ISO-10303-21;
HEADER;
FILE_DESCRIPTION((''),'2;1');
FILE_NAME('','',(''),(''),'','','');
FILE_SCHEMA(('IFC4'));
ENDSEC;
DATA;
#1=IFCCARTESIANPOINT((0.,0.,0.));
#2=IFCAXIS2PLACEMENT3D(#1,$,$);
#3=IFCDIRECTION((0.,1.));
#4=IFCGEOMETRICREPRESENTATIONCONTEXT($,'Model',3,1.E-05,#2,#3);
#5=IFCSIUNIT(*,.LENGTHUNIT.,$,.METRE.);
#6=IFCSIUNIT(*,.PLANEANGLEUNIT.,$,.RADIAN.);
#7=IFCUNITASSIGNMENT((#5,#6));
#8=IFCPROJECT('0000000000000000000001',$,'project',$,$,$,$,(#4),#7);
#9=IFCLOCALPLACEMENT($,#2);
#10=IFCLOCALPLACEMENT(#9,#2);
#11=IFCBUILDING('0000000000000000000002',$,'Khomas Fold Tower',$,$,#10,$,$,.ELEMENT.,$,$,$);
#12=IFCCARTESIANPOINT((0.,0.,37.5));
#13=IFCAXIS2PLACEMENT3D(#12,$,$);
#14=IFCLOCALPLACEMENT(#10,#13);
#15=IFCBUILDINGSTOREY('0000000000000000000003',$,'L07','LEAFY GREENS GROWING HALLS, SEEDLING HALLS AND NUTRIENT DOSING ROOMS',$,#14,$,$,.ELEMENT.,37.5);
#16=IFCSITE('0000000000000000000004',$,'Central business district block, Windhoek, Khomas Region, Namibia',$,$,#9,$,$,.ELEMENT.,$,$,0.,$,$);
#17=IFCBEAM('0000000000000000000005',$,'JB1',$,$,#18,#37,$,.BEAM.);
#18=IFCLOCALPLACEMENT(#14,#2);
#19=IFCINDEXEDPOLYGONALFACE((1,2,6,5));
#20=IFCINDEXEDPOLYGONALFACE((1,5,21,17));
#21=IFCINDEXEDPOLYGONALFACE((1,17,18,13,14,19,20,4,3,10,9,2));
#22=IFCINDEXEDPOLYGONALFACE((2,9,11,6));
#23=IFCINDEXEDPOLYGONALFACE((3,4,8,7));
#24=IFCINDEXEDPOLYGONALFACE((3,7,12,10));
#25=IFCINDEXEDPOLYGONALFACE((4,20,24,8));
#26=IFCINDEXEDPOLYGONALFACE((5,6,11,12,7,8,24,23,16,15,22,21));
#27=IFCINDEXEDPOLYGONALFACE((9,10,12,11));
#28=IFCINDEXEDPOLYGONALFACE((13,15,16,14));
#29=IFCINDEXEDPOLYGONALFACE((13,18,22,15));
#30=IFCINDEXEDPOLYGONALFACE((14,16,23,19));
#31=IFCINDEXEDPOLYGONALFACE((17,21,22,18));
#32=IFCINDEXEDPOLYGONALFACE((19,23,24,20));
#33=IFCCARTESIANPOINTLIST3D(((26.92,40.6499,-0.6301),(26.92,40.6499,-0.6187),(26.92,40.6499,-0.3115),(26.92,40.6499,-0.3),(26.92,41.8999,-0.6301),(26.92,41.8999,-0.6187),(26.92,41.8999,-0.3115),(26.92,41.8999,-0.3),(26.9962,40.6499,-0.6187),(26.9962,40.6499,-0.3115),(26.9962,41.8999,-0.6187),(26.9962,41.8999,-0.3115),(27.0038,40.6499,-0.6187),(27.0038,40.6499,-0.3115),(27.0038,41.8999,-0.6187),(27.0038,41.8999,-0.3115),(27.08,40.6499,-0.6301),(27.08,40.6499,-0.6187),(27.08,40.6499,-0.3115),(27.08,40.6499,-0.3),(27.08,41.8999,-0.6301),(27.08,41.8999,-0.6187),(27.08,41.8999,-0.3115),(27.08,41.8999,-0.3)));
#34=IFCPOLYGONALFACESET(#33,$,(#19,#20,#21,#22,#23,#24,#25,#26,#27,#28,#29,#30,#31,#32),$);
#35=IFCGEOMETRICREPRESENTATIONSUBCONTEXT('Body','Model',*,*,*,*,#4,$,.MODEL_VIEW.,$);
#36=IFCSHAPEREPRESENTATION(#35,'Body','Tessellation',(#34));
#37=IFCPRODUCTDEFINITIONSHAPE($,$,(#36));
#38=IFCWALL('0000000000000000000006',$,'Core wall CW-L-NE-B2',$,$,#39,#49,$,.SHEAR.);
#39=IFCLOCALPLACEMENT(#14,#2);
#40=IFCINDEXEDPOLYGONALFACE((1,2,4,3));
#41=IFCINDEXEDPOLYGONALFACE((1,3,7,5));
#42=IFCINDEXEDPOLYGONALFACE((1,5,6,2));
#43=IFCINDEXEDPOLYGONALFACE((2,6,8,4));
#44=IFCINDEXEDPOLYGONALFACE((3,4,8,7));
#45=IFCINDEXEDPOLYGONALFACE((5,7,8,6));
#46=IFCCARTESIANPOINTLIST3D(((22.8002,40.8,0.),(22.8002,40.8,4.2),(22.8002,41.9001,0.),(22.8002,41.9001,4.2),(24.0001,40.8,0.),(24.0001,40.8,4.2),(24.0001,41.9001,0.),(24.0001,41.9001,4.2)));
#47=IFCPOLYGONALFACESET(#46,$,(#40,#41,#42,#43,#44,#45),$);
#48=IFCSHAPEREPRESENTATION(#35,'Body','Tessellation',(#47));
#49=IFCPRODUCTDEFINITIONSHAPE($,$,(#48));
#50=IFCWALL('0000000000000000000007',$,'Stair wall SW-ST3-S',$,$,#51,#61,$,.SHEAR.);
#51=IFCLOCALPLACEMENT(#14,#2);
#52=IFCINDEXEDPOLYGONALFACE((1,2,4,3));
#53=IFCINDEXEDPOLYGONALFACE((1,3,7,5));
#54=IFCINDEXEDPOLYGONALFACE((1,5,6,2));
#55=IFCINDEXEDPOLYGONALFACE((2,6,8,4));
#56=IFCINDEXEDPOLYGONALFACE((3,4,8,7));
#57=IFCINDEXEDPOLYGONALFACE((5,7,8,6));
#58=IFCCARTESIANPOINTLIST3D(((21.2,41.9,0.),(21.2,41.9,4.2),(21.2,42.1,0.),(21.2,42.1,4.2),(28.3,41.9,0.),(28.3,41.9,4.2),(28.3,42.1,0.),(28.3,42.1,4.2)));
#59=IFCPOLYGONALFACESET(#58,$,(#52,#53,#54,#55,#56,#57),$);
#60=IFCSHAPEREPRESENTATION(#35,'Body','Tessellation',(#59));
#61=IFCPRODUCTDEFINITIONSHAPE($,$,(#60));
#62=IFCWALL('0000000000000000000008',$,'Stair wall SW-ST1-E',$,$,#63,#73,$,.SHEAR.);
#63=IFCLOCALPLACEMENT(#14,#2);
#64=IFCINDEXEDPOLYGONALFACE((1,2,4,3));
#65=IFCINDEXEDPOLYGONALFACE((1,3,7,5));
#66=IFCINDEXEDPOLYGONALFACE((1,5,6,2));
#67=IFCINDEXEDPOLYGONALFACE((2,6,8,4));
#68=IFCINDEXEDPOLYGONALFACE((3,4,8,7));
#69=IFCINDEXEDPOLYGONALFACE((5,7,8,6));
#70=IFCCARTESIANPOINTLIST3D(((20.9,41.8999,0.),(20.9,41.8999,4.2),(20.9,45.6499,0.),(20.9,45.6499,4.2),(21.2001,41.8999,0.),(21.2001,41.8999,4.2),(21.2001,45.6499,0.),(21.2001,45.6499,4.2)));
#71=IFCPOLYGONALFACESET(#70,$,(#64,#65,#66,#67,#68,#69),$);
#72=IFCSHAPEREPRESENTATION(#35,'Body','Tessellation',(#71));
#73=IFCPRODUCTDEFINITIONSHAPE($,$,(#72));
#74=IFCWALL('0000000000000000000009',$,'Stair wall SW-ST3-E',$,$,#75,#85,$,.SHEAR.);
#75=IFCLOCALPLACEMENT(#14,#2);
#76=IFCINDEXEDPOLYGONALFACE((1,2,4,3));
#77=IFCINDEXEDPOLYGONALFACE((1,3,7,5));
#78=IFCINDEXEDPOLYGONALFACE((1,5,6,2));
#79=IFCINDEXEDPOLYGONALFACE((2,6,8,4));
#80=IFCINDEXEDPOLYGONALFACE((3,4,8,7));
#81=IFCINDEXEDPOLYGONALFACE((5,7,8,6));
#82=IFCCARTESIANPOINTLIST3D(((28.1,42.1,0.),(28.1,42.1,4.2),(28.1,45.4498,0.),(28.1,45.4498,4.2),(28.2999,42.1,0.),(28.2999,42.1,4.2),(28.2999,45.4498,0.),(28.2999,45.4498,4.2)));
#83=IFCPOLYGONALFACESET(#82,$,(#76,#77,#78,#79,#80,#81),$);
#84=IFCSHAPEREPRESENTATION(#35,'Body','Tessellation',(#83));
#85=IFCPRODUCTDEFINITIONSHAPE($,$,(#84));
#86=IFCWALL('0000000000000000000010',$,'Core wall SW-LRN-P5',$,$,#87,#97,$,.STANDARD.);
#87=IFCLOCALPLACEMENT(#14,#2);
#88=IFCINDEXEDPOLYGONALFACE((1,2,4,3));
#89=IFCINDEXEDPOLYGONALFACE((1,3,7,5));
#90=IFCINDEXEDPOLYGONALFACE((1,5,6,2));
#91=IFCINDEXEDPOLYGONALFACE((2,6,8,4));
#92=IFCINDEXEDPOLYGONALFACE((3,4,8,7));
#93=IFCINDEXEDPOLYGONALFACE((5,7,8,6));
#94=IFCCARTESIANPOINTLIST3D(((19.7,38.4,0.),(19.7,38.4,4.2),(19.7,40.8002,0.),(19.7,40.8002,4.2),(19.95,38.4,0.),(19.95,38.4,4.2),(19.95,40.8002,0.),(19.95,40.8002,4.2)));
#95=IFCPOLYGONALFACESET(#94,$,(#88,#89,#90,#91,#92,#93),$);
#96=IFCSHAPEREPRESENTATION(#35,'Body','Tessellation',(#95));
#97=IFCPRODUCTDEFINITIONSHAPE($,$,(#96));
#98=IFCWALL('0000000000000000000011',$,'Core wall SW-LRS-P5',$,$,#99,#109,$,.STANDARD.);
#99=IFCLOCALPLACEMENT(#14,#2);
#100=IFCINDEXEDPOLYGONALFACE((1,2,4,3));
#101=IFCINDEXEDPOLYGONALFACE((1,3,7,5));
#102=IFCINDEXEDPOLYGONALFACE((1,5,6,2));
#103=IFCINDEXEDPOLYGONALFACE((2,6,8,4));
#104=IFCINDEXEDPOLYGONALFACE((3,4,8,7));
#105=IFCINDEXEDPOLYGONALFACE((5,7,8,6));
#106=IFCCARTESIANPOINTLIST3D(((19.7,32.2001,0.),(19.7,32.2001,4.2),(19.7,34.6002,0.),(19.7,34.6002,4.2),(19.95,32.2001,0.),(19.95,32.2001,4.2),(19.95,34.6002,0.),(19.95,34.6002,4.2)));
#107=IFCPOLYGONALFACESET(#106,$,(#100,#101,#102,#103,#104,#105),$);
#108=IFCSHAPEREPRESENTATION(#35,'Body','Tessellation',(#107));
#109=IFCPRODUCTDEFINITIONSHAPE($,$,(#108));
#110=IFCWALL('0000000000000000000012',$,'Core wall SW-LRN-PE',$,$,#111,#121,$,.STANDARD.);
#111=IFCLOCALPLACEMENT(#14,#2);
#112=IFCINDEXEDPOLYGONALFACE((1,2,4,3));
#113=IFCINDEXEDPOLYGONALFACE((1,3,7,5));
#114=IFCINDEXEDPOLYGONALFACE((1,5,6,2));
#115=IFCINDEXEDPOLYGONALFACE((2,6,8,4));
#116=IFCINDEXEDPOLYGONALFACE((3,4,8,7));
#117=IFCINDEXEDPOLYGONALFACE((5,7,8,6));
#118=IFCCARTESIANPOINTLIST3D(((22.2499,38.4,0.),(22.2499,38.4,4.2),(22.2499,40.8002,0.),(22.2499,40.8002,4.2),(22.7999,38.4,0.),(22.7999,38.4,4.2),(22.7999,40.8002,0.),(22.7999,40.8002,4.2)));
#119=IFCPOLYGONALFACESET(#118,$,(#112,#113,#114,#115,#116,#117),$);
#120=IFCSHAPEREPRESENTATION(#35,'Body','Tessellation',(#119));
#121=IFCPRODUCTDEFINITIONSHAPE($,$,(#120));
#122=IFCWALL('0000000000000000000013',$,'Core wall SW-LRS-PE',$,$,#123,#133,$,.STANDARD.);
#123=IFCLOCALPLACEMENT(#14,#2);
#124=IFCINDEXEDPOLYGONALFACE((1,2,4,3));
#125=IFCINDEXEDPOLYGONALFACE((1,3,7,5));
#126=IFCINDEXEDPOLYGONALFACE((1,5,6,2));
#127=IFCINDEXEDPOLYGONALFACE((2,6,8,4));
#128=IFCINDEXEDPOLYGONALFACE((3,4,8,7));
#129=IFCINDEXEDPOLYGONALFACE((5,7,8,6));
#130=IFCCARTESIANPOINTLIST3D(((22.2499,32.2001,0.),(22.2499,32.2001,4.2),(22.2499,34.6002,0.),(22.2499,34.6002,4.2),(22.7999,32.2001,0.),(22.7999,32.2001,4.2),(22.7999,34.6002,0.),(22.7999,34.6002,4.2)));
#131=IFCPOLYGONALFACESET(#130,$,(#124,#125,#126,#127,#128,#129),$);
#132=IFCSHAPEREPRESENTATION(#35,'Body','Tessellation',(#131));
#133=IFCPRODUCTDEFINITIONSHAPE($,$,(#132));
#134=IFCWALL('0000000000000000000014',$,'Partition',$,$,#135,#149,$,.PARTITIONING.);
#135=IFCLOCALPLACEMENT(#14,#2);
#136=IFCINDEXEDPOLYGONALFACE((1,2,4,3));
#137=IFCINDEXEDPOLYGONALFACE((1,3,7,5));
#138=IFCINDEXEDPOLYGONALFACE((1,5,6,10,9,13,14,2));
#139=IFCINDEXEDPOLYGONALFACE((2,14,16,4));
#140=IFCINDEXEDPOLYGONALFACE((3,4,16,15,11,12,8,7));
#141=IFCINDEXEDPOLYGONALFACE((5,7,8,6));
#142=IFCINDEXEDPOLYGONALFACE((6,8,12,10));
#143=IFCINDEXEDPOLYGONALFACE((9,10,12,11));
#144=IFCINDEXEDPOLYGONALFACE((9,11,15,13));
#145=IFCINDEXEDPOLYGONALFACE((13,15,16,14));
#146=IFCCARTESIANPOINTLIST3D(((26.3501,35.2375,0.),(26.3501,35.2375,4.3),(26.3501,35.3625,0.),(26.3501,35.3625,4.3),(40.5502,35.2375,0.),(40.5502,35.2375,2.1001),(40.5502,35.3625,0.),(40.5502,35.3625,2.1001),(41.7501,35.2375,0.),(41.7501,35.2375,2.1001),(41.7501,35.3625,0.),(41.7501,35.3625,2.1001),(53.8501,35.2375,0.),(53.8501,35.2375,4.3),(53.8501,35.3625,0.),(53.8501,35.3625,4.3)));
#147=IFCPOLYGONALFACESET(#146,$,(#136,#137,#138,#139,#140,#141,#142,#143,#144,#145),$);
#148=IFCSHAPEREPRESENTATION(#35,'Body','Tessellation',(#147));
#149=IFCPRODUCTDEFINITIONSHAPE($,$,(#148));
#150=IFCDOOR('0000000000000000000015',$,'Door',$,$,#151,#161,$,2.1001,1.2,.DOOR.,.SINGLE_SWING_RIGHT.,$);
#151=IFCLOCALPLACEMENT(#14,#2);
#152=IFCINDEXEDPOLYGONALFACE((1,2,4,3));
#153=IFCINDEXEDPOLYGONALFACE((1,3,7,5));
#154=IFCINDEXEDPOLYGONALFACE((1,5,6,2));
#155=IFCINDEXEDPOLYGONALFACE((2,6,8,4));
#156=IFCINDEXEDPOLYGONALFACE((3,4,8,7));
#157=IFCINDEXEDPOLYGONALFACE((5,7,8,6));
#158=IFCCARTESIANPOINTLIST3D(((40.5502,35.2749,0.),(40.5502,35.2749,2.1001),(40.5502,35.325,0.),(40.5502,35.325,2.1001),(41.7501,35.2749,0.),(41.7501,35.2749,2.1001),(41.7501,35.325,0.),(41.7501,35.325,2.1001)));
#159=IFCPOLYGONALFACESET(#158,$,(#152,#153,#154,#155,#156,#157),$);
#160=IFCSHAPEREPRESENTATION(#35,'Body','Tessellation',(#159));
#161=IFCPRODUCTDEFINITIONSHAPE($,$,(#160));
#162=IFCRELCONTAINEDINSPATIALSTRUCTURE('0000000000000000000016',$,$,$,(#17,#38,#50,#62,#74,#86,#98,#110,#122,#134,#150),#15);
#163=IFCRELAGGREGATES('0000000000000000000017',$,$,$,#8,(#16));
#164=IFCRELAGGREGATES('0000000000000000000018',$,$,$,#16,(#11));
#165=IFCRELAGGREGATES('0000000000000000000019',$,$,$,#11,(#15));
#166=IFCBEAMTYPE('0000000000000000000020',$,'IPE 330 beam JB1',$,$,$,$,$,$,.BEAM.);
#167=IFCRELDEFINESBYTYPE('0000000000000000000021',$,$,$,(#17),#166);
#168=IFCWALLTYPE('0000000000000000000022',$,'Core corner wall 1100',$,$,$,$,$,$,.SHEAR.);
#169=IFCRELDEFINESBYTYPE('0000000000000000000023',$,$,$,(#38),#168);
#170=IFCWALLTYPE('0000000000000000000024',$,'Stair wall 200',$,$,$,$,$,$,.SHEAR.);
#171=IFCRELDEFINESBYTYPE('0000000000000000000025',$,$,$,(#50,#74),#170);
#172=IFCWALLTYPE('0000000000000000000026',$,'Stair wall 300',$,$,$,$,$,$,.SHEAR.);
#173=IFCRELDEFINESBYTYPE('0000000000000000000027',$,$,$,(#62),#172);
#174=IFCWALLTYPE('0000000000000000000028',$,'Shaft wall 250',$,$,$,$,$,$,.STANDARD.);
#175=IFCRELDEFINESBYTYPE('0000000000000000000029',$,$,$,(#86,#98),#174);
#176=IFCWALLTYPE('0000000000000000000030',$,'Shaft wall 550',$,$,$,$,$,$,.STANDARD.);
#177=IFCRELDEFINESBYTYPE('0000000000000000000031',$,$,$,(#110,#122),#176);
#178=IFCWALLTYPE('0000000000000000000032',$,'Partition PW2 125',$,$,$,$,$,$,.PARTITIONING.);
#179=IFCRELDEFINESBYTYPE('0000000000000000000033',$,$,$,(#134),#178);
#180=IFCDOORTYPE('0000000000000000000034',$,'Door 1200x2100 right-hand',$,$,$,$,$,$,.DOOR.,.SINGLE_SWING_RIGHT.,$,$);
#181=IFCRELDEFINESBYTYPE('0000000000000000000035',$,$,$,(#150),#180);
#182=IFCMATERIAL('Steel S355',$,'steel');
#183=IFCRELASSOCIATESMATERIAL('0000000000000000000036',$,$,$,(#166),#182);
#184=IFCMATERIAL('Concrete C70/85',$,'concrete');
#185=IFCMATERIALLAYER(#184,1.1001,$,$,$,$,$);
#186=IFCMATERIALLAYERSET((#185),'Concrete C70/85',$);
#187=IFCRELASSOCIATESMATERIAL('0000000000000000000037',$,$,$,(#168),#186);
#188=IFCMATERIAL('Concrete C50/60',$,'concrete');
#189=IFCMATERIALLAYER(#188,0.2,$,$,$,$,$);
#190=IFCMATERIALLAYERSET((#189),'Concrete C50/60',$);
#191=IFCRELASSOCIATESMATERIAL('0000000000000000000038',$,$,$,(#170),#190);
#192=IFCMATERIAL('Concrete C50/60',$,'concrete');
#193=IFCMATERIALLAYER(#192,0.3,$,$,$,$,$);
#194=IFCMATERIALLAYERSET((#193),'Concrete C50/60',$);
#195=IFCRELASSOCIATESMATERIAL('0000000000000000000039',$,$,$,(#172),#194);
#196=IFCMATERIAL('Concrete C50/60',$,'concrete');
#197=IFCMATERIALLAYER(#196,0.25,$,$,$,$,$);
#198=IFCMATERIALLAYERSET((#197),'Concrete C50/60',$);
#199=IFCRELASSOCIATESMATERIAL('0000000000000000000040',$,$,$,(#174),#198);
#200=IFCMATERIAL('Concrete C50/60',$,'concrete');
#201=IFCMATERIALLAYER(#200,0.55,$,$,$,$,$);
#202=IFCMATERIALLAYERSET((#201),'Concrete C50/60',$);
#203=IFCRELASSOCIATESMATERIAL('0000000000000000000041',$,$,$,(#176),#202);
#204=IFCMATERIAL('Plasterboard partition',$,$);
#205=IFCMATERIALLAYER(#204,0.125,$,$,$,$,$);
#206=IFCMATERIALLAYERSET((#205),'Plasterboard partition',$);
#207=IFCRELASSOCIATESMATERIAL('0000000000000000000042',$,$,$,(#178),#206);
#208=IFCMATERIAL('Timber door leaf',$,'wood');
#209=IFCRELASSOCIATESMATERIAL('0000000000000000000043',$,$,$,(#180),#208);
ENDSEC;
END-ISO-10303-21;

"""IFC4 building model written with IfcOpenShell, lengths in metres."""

from ifc_helpers import new_model, si_unit, direction, frame, frame_2d, origin, origin_2d, place, context, subcontext, project, spatial, rectangle, i_section, extrude, source, transform, mapped, material, layer, layer_set, material_profile, profile_set, type_object, element, fill, save


model = new_model("IFC4")

# Units and contexts
model_context = context("Model", 3, precision=1e-05, world=origin(), true_north=direction((0.0, 1.0)))
body_context = subcontext(model_context, "Body", "Model", "MODEL_VIEW")
ifc_project = project(units=[si_unit("LENGTHUNIT", "METRE"), si_unit("PLANEANGLEUNIT", "RADIAN")], contexts=[model_context])

# Site, building, storey
site_placement = place(None, origin())
site = spatial("IfcSite", under=ifc_project, at=site_placement, Name="Central business district block, Windhoek, Khomas Region, Namibia", CompositionType="ELEMENT", RefElevation=0.0)
building_placement = place(site_placement, origin())
building = spatial("IfcBuilding", under=site, at=building_placement, Name="Khomas Fold Tower", CompositionType="ELEMENT")
storey_placement = place(building_placement, frame((0.0, 0.0, 37.5)))
storey = spatial("IfcBuildingStorey", under=building, at=storey_placement, Name="L07", Description="LEAFY GREENS GROWING HALLS, SEEDLING HALLS AND NUTRIENT DOSING ROOMS", CompositionType="ELEMENT", Elevation=37.5)

# Beam
ifc_material_1 = material(Name="Steel S355", Category="steel")
ifc_material_profile_1 = material_profile(ifc_material_1, i_section(OverallWidth=0.1599, OverallDepth=0.3301, WebThickness=0.0076, FlangeThickness=0.0115, at=origin_2d()), Name="IPE 330")
ifc_profile_set_1 = profile_set([ifc_material_profile_1], Name="Steel S355")
beam_type_1 = type_object("IfcBeamType", Name="IPE 330 beam JB1", PredefinedType="BEAM", material=ifc_profile_set_1)
shared_shape_1 = source(origin(), body_context, "Body", "SweptSolid", [
    extrude(i_section(OverallWidth=0.1599, OverallDepth=0.3301, WebThickness=0.0076, FlangeThickness=0.0115, at=origin_2d()), origin(), (0.0, 0.0, 1.0), 1.25),
])
beam_1_placement = place(storey_placement, frame((27.0, 40.6499, -0.4651), z_axis=(0.0, 1.0, 0.0), x_axis=(-1.0, 0.0, 0.0)))
element("IfcBeam", 1, at=beam_1_placement, inside=storey, type_object=beam_type_1, Name="JB1", PredefinedType="BEAM", context=body_context, shape_type="MappedRepresentation", body=[
    mapped(shared_shape_1, transform((0.0, 0.0, 0.0))),
])

# Walls
ifc_material_2 = material(Name="Concrete C70/85", Category="concrete")
ifc_layer_1 = layer(ifc_material_2, 1.1001)
ifc_layer_set_1 = layer_set([ifc_layer_1], Name="Concrete C70/85")
wall_type_1 = type_object("IfcWallType", Name="Core corner wall 1100", PredefinedType="SHEAR", material=ifc_layer_set_1)
shared_shape_2 = source(origin(), body_context, "Body", "SweptSolid", [
    extrude(rectangle(XDim=1.2, YDim=1.1001, at=frame_2d((0.6001, 0.0))), origin(), (0.0, 0.0, 1.0), 4.2),
])
wall_1_placement = place(storey_placement, frame((22.8, 41.3501, 0.0), z_axis=(0.0, 0.0, 1.0), x_axis=(1.0, 0.0, 0.0)))
element("IfcWall", 2, at=wall_1_placement, inside=storey, type_object=wall_type_1, Name="Core wall CW-L-NE-B2", PredefinedType="SHEAR", context=body_context, shape_type="MappedRepresentation", body=[
    mapped(shared_shape_2, transform((0.0, 0.0, 0.0))),
])
ifc_material_3 = material(Name="Concrete C50/60", Category="concrete")
ifc_layer_2 = layer(ifc_material_3, 0.2)
ifc_layer_set_2 = layer_set([ifc_layer_2], Name="Concrete C50/60")
wall_type_2 = type_object("IfcWallType", Name="Stair wall 200", PredefinedType="SHEAR", material=ifc_layer_set_2)
shared_shape_3 = source(origin(), body_context, "Body", "SweptSolid", [
    extrude(rectangle(XDim=7.1001, YDim=0.2, at=frame_2d((3.55, 0.0))), origin(), (0.0, 0.0, 1.0), 4.2),
])
wall_2_placement = place(storey_placement, frame((21.2, 42.0, 0.0), z_axis=(0.0, 0.0, 1.0), x_axis=(1.0, 0.0, 0.0)))
element("IfcWall", 3, at=wall_2_placement, inside=storey, type_object=wall_type_2, Name="Stair wall SW-ST3-S", PredefinedType="SHEAR", context=body_context, shape_type="MappedRepresentation", body=[
    mapped(shared_shape_3, transform((0.0, 0.0, 0.0))),
])
ifc_material_4 = material(Name="Concrete C50/60", Category="concrete")
ifc_layer_3 = layer(ifc_material_4, 0.3)
ifc_layer_set_3 = layer_set([ifc_layer_3], Name="Concrete C50/60")
wall_type_3 = type_object("IfcWallType", Name="Stair wall 300", PredefinedType="SHEAR", material=ifc_layer_set_3)
shared_shape_4 = source(origin(), body_context, "Body", "SweptSolid", [
    extrude(rectangle(XDim=3.75, YDim=0.3, at=frame_2d((1.875, 0.0))), origin(), (0.0, 0.0, 1.0), 4.2),
])
wall_3_placement = place(storey_placement, frame((21.05, 41.8999, 0.0), z_axis=(0.0, 0.0, 1.0), x_axis=(0.0, 1.0, 0.0)))
element("IfcWall", 4, at=wall_3_placement, inside=storey, type_object=wall_type_3, Name="Stair wall SW-ST1-E", PredefinedType="SHEAR", context=body_context, shape_type="MappedRepresentation", body=[
    mapped(shared_shape_4, transform((0.0, 0.0, 0.0))),
])
shared_shape_5 = source(origin(), body_context, "Body", "SweptSolid", [
    extrude(rectangle(XDim=3.3499, YDim=0.2, at=frame_2d((1.6748, 0.0))), origin(), (0.0, 0.0, 1.0), 4.2),
])
wall_4_placement = place(storey_placement, frame((28.2, 42.1001, 0.0), z_axis=(0.0, 0.0, 1.0), x_axis=(0.0, 1.0, 0.0)))
element("IfcWall", 5, at=wall_4_placement, inside=storey, type_object=wall_type_2, Name="Stair wall SW-ST3-E", PredefinedType="SHEAR", context=body_context, shape_type="MappedRepresentation", body=[
    mapped(shared_shape_5, transform((0.0, 0.0, 0.0))),
])
ifc_material_5 = material(Name="Concrete C50/60", Category="concrete")
ifc_layer_4 = layer(ifc_material_5, 0.25)
ifc_layer_set_4 = layer_set([ifc_layer_4], Name="Concrete C50/60")
wall_type_4 = type_object("IfcWallType", Name="Shaft wall 250", PredefinedType="STANDARD", material=ifc_layer_set_4)
shared_shape_6 = source(origin(), body_context, "Body", "SweptSolid", [
    extrude(rectangle(XDim=2.4001, YDim=0.25, at=frame_2d((1.2002, 0.0))), origin(), (0.0, 0.0, 1.0), 4.2),
])
for number, where, z_axis, x_axis, name in (
    (6, (19.825, 38.3999, 0.0), (0.0, 0.0, 1.0), (0.0, 1.0, 0.0), "Core wall SW-LRN-P5"),
    (7, (19.825, 32.2, 0.0), (0.0, 0.0, 1.0), (0.0, 1.0, 0.0), "Core wall SW-LRS-P5"),
):
    element("IfcWall", number, at=place(storey_placement, frame(where, z_axis=z_axis, x_axis=x_axis)), inside=storey, type_object=wall_type_4, Name=name, PredefinedType="STANDARD", context=body_context, shape_type="MappedRepresentation", body=[
        mapped(shared_shape_6, transform((0.0, 0.0, 0.0))),
    ])
ifc_material_6 = material(Name="Concrete C50/60", Category="concrete")
ifc_layer_5 = layer(ifc_material_6, 0.55)
ifc_layer_set_5 = layer_set([ifc_layer_5], Name="Concrete C50/60")
wall_type_5 = type_object("IfcWallType", Name="Shaft wall 550", PredefinedType="STANDARD", material=ifc_layer_set_5)
shared_shape_7 = source(origin(), body_context, "Body", "SweptSolid", [
    extrude(rectangle(XDim=2.4001, YDim=0.55, at=frame_2d((1.2002, 0.0))), origin(), (0.0, 0.0, 1.0), 4.2),
])
for number, where, z_axis, x_axis, name in (
    (8, (22.5249, 38.3999, 0.0), (0.0, 0.0, 1.0), (0.0, 1.0, 0.0), "Core wall SW-LRN-PE"),
    (9, (22.5249, 32.2, 0.0), (0.0, 0.0, 1.0), (0.0, 1.0, 0.0), "Core wall SW-LRS-PE"),
):
    element("IfcWall", number, at=place(storey_placement, frame(where, z_axis=z_axis, x_axis=x_axis)), inside=storey, type_object=wall_type_5, Name=name, PredefinedType="STANDARD", context=body_context, shape_type="MappedRepresentation", body=[
        mapped(shared_shape_7, transform((0.0, 0.0, 0.0))),
    ])

# Wall, opening, door
ifc_material_7 = material(Name="Plasterboard partition")
ifc_layer_6 = layer(ifc_material_7, 0.125)
ifc_layer_set_6 = layer_set([ifc_layer_6], Name="Plasterboard partition")
wall_type_6 = type_object("IfcWallType", Name="Partition PW2 125", PredefinedType="PARTITIONING", material=ifc_layer_set_6)
shared_shape_8 = source(origin(), body_context, "Body", "SweptSolid", [
    extrude(rectangle(XDim=27.5, YDim=0.125, at=frame_2d((13.75, 0.0))), origin(), (0.0, 0.0, 1.0), 4.3),
])
wall_5_placement = place(storey_placement, frame((26.3501, 35.3, 0.0), z_axis=(0.0, 0.0, 1.0), x_axis=(1.0, 0.0, 0.0)))
wall_5 = element("IfcWall", 10, at=wall_5_placement, inside=storey, type_object=wall_type_6, Name="Partition", PredefinedType="PARTITIONING", context=body_context, shape_type="MappedRepresentation", body=[
    mapped(shared_shape_8, transform((0.0, 0.0, 0.0))),
])
shared_shape_9 = source(origin(), body_context, "Body", "SweptSolid", [
    extrude(rectangle(XDim=1.2, YDim=2.1001, at=frame_2d((0.6001, 1.05))), frame((0.0, 0.0725, 0.0), z_axis=(0.0, -1.0, 0.0), x_axis=(1.0, 0.0, 0.0)), (0.0, 0.0, 1.0), 0.145),
])
opening_1_placement = place(wall_5_placement, frame((14.2, 0.0, 0.0)))
opening_1 = element("IfcOpeningElement", 11, at=opening_1_placement, cuts=wall_5, PredefinedType="OPENING", context=body_context, shape_type="MappedRepresentation", body=[
    mapped(shared_shape_9, transform((0.0, 0.0, 0.0))),
])
ifc_material_8 = material(Name="Timber door leaf", Category="wood")
door_type_1 = type_object("IfcDoorType", Name="Door 1200x2100 right-hand", OperationType="SINGLE_SWING_RIGHT", PredefinedType="DOOR", material=ifc_material_8)
shared_shape_10 = source(origin(), body_context, "Body", "SweptSolid", [
    extrude(rectangle(XDim=1.2, YDim=2.1001, at=frame_2d((0.6001, 1.05))), frame((0.0, 0.0249, 0.0), z_axis=(0.0, -1.0, 0.0), x_axis=(1.0, 0.0, 0.0)), (0.0, 0.0, 1.0), 0.05),
])
door_1_placement = place(opening_1_placement, origin())
door_1 = element("IfcDoor", 12, at=door_1_placement, inside=storey, type_object=door_type_1, Name="Door", OperationType="SINGLE_SWING_RIGHT", OverallHeight=2.1001, OverallWidth=1.2, PredefinedType="DOOR", context=body_context, shape_type="MappedRepresentation", body=[
    mapped(shared_shape_10, transform((0.0, 0.0, 0.0))),
])
fill(opening_1, door_1)

save(model, "model.ifc")
